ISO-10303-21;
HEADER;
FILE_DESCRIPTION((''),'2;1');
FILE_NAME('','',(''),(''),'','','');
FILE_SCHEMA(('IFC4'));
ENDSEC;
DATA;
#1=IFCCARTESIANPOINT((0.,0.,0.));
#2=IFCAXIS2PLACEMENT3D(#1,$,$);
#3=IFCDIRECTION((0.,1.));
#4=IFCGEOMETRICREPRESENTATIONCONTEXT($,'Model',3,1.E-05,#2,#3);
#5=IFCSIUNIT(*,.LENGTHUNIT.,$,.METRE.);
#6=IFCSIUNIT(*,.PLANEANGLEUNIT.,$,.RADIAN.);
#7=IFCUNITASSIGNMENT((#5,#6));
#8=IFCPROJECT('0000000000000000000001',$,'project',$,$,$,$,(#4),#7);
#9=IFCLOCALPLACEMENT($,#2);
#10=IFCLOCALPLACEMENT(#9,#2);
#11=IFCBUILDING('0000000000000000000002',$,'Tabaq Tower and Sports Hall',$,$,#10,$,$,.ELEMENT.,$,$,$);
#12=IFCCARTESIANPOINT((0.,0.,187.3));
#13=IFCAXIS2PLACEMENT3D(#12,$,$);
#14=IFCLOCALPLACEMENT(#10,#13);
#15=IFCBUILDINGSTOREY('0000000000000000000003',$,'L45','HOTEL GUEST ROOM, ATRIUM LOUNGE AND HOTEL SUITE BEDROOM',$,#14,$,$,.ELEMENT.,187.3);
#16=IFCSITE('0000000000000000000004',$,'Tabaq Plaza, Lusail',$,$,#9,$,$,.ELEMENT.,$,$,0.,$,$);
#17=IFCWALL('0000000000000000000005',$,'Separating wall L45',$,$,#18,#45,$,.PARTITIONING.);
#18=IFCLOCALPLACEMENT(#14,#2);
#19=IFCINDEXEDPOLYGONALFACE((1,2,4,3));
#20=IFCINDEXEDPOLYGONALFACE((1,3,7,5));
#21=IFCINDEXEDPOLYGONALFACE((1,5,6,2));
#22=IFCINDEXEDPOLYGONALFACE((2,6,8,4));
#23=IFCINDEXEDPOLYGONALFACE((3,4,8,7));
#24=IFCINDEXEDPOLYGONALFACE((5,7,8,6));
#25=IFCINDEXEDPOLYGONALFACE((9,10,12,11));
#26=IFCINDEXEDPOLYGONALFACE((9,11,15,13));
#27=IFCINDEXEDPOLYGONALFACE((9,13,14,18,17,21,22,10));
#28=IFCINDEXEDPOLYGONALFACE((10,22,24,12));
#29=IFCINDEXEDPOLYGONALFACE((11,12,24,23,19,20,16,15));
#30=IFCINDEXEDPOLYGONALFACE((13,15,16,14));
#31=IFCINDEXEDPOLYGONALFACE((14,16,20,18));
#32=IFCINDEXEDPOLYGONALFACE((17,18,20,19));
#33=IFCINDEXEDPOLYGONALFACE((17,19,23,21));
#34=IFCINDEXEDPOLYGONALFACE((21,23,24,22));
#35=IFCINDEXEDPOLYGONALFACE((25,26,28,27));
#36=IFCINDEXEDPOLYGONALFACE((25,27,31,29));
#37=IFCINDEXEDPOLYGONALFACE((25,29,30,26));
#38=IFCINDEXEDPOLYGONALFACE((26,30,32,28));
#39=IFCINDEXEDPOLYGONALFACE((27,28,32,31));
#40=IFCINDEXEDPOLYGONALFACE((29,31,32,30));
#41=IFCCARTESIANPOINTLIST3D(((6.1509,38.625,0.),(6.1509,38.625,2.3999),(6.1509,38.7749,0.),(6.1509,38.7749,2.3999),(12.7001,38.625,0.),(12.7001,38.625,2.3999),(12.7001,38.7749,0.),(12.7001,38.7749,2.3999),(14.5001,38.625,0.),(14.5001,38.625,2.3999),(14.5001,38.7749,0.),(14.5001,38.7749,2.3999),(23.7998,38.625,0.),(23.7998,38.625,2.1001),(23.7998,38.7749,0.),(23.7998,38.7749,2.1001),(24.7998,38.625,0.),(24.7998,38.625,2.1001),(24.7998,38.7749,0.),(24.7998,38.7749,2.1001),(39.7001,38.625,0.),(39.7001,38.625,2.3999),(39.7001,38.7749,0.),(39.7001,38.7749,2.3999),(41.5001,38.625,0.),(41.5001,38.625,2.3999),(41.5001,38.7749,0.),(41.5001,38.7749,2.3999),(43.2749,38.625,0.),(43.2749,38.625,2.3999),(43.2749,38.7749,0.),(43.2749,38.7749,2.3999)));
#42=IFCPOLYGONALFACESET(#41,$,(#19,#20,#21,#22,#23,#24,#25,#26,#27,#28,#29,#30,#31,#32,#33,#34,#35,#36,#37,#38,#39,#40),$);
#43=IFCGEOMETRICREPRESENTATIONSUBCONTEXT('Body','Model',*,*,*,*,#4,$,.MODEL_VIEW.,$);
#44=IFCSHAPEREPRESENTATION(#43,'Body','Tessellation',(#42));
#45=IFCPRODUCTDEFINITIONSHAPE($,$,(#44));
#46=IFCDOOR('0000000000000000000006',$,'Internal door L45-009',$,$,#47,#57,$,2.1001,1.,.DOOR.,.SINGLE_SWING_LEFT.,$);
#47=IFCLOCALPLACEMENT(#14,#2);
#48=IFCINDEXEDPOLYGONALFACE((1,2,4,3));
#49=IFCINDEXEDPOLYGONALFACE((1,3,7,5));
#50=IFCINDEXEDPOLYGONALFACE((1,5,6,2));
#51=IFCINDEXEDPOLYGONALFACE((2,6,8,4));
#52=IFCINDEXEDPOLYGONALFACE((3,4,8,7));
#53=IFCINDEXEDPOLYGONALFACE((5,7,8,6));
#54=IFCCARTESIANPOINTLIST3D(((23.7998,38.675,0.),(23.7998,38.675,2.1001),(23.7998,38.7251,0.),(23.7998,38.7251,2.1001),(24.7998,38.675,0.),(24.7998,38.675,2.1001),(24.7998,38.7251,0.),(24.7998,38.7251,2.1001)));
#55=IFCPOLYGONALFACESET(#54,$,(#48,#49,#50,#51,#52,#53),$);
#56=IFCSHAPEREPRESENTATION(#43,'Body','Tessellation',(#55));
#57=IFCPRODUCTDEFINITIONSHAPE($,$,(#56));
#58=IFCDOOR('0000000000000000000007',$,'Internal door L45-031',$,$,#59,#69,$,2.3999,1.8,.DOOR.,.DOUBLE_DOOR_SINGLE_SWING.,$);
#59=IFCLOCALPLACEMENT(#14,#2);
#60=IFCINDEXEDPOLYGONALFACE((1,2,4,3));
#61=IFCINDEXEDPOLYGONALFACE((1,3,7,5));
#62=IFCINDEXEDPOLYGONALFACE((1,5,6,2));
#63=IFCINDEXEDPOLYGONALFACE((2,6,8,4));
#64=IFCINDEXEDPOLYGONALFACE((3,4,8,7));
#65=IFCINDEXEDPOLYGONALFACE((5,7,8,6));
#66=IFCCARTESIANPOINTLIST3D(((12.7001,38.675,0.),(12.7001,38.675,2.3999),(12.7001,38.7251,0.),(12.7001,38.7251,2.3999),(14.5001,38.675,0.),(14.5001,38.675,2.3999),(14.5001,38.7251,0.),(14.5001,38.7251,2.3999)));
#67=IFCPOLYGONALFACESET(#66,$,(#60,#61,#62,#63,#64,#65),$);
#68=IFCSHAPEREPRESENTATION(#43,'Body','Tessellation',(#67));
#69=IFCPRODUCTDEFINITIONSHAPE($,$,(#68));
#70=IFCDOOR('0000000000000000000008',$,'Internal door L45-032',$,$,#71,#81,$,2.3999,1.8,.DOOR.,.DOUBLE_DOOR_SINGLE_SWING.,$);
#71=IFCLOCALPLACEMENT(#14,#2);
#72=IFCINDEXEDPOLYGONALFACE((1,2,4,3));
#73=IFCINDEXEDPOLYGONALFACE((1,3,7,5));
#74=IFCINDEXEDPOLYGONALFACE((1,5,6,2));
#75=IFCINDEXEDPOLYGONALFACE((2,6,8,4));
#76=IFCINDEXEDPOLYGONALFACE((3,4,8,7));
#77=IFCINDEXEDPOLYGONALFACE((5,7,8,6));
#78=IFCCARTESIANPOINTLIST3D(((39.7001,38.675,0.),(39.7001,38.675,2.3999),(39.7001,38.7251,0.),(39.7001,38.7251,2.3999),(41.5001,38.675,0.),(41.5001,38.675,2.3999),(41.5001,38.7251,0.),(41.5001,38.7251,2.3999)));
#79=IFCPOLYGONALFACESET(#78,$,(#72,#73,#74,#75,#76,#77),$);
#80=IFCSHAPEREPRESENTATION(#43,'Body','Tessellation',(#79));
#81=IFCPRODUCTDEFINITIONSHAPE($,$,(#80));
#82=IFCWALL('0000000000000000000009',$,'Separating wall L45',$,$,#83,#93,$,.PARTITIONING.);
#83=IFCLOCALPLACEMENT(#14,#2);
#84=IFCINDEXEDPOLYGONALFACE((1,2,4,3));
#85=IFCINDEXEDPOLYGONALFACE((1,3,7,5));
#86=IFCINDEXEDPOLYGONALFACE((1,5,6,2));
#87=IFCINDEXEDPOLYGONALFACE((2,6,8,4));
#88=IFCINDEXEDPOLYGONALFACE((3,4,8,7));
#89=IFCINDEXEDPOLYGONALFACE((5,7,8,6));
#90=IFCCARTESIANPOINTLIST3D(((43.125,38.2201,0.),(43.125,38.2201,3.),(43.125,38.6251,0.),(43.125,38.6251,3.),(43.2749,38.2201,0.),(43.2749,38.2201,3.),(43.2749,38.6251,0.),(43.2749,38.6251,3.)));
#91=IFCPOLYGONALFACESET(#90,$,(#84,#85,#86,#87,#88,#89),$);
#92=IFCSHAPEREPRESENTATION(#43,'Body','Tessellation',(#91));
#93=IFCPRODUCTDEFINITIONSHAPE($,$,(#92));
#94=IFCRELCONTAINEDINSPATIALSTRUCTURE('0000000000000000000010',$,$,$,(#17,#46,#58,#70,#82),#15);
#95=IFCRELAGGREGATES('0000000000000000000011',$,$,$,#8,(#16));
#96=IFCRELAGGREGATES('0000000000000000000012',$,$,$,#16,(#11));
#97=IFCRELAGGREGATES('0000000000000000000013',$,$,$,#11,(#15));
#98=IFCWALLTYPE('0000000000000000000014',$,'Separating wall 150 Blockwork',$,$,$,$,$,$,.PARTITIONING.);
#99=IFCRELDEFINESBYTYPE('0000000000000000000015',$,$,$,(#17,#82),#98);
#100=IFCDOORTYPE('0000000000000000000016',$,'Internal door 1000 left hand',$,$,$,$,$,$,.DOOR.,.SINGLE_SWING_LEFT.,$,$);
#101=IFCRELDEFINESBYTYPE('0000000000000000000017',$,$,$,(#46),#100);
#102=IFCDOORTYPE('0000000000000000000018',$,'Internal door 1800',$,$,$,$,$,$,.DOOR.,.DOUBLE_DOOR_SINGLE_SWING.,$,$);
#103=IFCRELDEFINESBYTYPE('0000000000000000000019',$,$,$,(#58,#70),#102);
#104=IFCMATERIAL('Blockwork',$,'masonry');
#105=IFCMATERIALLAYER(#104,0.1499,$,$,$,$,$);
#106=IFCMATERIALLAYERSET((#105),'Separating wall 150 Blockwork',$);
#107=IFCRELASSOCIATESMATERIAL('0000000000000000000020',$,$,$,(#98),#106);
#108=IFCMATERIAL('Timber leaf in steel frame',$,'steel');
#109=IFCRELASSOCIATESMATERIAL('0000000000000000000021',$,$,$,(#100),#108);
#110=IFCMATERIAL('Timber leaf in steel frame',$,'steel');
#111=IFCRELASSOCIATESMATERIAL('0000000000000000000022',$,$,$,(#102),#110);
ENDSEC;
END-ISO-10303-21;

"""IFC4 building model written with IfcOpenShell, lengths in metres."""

from ifc_helpers import new_model, si_unit, direction, frame, frame_2d, origin, place, context, subcontext, project, spatial, rectangle, extrude, material, layer, layer_set, type_object, element, fill, save


model = new_model("IFC4")

# Units and contexts
model_context = context("Model", 3, precision=1e-05, world=origin(), true_north=direction((0.0, 1.0)))
body_context = subcontext(model_context, "Body", "Model", "MODEL_VIEW")
ifc_project = project(units=[si_unit("LENGTHUNIT", "METRE"), si_unit("PLANEANGLEUNIT", "RADIAN")], contexts=[model_context])

# Site, building, storey
site_placement = place(None, origin())
site = spatial("IfcSite", under=ifc_project, at=site_placement, Name="Tabaq Plaza, Lusail", CompositionType="ELEMENT", RefElevation=0.0)
building_placement = place(site_placement, origin())
building = spatial("IfcBuilding", under=site, at=building_placement, Name="Tabaq Tower and Sports Hall", CompositionType="ELEMENT")
storey_placement = place(building_placement, frame((0.0, 0.0, 187.3)))
storey = spatial("IfcBuildingStorey", under=building, at=storey_placement, Name="L45", Description="HOTEL GUEST ROOM, ATRIUM LOUNGE AND HOTEL SUITE BEDROOM", CompositionType="ELEMENT", Elevation=187.3)

# Wall, openings, doors
ifc_material_1 = material(Name="Blockwork", Category="masonry")
ifc_layer_1 = layer(ifc_material_1, 0.1499)
ifc_layer_set_1 = layer_set([ifc_layer_1], Name="Separating wall 150 Blockwork")
wall_type_1 = type_object("IfcWallType", Name="Separating wall 150 Blockwork", PredefinedType="PARTITIONING", material=ifc_layer_set_1)
wall_1_placement = place(storey_placement, frame((43.2749, 38.7, 0.0), z_axis=(0.0, 0.0, 1.0), x_axis=(-1.0, 0.0, 0.0)))
wall_1 = element("IfcWall", 1, at=wall_1_placement, inside=storey, type_object=wall_type_1, Name="Separating wall L45", PredefinedType="PARTITIONING", context=body_context, shape_type="SweptSolid", body=[
    extrude(rectangle(XDim=37.124, YDim=0.1499, at=frame_2d((18.562, 0.0))), origin(), (0.0, 0.0, 1.0), 2.3999),
])
opening_1_placement = place(wall_1_placement, frame((18.4751, 0.0, 0.0)))
opening_1 = element("IfcOpeningElement", 2, at=opening_1_placement, cuts=wall_1, PredefinedType="OPENING", context=body_context, shape_type="SweptSolid", body=[
    extrude(rectangle(XDim=1.0, YDim=2.1001, at=frame_2d((0.5, 1.05))), frame((0.0, 0.075, 0.0), z_axis=(0.0, -1.0, 0.0), x_axis=(1.0, 0.0, 0.0)), (0.0, 0.0, 1.0), 0.1499),
])
opening_2_placement = place(wall_1_placement, frame((28.7749, 0.0, 0.0)))
opening_2 = element("IfcOpeningElement", 3, at=opening_2_placement, cuts=wall_1, PredefinedType="OPENING", context=body_context, shape_type="SweptSolid", body=[
    extrude(rectangle(XDim=1.8, YDim=2.3999, at=frame_2d((0.8999, 1.2))), frame((0.0, 0.075, 0.0), z_axis=(0.0, -1.0, 0.0), x_axis=(1.0, 0.0, 0.0)), (0.0, 0.0, 1.0), 0.1499),
])
opening_3_placement = place(wall_1_placement, frame((1.7749, 0.0, 0.0)))
opening_3 = element("IfcOpeningElement", 4, at=opening_3_placement, cuts=wall_1, PredefinedType="OPENING", context=body_context, shape_type="SweptSolid", body=[
    extrude(rectangle(XDim=1.8, YDim=2.3999, at=frame_2d((0.8999, 1.2))), frame((0.0, 0.075, 0.0), z_axis=(0.0, -1.0, 0.0), x_axis=(1.0, 0.0, 0.0)), (0.0, 0.0, 1.0), 0.1499),
])
ifc_material_2 = material(Name="Timber leaf in steel frame", Category="steel")
door_type_1 = type_object("IfcDoorType", Name="Internal door 1000 left hand", OperationType="SINGLE_SWING_LEFT", PredefinedType="DOOR", material=ifc_material_2)
door_1_placement = place(opening_1_placement, origin())
door_1 = element("IfcDoor", 5, at=door_1_placement, inside=storey, type_object=door_type_1, Name="Internal door L45-009", OperationType="SINGLE_SWING_LEFT", OverallHeight=2.1001, OverallWidth=1.0, PredefinedType="DOOR", context=body_context, shape_type="SweptSolid", body=[
    extrude(rectangle(XDim=1.0, YDim=2.1001, at=frame_2d((0.5, 1.05))), frame((0.0, 0.0249, 0.0), z_axis=(0.0, -1.0, 0.0), x_axis=(1.0, 0.0, 0.0)), (0.0, 0.0, 1.0), 0.05),
])
fill(opening_1, door_1)
ifc_material_3 = material(Name="Timber leaf in steel frame", Category="steel")
door_type_2 = type_object("IfcDoorType", Name="Internal door 1800", OperationType="DOUBLE_DOOR_SINGLE_SWING", PredefinedType="DOOR", material=ifc_material_3)
door_2_placement = place(opening_2_placement, origin())
door_2 = element("IfcDoor", 6, at=door_2_placement, inside=storey, type_object=door_type_2, Name="Internal door L45-031", OperationType="DOUBLE_DOOR_SINGLE_SWING", OverallHeight=2.3999, OverallWidth=1.8, PredefinedType="DOOR", context=body_context, shape_type="SweptSolid", body=[
    extrude(rectangle(XDim=1.8, YDim=2.3999, at=frame_2d((0.8999, 1.2))), frame((0.0, 0.0249, 0.0), z_axis=(0.0, -1.0, 0.0), x_axis=(1.0, 0.0, 0.0)), (0.0, 0.0, 1.0), 0.05),
])
fill(opening_2, door_2)
door_3_placement = place(opening_3_placement, origin())
door_3 = element("IfcDoor", 7, at=door_3_placement, inside=storey, type_object=door_type_2, Name="Internal door L45-032", OperationType="DOUBLE_DOOR_SINGLE_SWING", OverallHeight=2.3999, OverallWidth=1.8, PredefinedType="DOOR", context=body_context, shape_type="SweptSolid", body=[
    extrude(rectangle(XDim=1.8, YDim=2.3999, at=frame_2d((0.8999, 1.2))), frame((0.0, 0.0249, 0.0), z_axis=(0.0, -1.0, 0.0), x_axis=(1.0, 0.0, 0.0)), (0.0, 0.0, 1.0), 0.05),
])
fill(opening_3, door_3)

# Wall
wall_2_placement = place(storey_placement, frame((43.2, 38.22, 0.0), z_axis=(0.0, 0.0, 1.0), x_axis=(0.0, 1.0, 0.0)))
element("IfcWall", 8, at=wall_2_placement, inside=storey, type_object=wall_type_1, Name="Separating wall L45", PredefinedType="PARTITIONING", context=body_context, shape_type="SweptSolid", body=[
    extrude(rectangle(XDim=0.405, YDim=0.1499, at=frame_2d((0.2026, 0.0))), origin(), (0.0, 0.0, 1.0), 3.0),
])

save(model, "model.ifc")
